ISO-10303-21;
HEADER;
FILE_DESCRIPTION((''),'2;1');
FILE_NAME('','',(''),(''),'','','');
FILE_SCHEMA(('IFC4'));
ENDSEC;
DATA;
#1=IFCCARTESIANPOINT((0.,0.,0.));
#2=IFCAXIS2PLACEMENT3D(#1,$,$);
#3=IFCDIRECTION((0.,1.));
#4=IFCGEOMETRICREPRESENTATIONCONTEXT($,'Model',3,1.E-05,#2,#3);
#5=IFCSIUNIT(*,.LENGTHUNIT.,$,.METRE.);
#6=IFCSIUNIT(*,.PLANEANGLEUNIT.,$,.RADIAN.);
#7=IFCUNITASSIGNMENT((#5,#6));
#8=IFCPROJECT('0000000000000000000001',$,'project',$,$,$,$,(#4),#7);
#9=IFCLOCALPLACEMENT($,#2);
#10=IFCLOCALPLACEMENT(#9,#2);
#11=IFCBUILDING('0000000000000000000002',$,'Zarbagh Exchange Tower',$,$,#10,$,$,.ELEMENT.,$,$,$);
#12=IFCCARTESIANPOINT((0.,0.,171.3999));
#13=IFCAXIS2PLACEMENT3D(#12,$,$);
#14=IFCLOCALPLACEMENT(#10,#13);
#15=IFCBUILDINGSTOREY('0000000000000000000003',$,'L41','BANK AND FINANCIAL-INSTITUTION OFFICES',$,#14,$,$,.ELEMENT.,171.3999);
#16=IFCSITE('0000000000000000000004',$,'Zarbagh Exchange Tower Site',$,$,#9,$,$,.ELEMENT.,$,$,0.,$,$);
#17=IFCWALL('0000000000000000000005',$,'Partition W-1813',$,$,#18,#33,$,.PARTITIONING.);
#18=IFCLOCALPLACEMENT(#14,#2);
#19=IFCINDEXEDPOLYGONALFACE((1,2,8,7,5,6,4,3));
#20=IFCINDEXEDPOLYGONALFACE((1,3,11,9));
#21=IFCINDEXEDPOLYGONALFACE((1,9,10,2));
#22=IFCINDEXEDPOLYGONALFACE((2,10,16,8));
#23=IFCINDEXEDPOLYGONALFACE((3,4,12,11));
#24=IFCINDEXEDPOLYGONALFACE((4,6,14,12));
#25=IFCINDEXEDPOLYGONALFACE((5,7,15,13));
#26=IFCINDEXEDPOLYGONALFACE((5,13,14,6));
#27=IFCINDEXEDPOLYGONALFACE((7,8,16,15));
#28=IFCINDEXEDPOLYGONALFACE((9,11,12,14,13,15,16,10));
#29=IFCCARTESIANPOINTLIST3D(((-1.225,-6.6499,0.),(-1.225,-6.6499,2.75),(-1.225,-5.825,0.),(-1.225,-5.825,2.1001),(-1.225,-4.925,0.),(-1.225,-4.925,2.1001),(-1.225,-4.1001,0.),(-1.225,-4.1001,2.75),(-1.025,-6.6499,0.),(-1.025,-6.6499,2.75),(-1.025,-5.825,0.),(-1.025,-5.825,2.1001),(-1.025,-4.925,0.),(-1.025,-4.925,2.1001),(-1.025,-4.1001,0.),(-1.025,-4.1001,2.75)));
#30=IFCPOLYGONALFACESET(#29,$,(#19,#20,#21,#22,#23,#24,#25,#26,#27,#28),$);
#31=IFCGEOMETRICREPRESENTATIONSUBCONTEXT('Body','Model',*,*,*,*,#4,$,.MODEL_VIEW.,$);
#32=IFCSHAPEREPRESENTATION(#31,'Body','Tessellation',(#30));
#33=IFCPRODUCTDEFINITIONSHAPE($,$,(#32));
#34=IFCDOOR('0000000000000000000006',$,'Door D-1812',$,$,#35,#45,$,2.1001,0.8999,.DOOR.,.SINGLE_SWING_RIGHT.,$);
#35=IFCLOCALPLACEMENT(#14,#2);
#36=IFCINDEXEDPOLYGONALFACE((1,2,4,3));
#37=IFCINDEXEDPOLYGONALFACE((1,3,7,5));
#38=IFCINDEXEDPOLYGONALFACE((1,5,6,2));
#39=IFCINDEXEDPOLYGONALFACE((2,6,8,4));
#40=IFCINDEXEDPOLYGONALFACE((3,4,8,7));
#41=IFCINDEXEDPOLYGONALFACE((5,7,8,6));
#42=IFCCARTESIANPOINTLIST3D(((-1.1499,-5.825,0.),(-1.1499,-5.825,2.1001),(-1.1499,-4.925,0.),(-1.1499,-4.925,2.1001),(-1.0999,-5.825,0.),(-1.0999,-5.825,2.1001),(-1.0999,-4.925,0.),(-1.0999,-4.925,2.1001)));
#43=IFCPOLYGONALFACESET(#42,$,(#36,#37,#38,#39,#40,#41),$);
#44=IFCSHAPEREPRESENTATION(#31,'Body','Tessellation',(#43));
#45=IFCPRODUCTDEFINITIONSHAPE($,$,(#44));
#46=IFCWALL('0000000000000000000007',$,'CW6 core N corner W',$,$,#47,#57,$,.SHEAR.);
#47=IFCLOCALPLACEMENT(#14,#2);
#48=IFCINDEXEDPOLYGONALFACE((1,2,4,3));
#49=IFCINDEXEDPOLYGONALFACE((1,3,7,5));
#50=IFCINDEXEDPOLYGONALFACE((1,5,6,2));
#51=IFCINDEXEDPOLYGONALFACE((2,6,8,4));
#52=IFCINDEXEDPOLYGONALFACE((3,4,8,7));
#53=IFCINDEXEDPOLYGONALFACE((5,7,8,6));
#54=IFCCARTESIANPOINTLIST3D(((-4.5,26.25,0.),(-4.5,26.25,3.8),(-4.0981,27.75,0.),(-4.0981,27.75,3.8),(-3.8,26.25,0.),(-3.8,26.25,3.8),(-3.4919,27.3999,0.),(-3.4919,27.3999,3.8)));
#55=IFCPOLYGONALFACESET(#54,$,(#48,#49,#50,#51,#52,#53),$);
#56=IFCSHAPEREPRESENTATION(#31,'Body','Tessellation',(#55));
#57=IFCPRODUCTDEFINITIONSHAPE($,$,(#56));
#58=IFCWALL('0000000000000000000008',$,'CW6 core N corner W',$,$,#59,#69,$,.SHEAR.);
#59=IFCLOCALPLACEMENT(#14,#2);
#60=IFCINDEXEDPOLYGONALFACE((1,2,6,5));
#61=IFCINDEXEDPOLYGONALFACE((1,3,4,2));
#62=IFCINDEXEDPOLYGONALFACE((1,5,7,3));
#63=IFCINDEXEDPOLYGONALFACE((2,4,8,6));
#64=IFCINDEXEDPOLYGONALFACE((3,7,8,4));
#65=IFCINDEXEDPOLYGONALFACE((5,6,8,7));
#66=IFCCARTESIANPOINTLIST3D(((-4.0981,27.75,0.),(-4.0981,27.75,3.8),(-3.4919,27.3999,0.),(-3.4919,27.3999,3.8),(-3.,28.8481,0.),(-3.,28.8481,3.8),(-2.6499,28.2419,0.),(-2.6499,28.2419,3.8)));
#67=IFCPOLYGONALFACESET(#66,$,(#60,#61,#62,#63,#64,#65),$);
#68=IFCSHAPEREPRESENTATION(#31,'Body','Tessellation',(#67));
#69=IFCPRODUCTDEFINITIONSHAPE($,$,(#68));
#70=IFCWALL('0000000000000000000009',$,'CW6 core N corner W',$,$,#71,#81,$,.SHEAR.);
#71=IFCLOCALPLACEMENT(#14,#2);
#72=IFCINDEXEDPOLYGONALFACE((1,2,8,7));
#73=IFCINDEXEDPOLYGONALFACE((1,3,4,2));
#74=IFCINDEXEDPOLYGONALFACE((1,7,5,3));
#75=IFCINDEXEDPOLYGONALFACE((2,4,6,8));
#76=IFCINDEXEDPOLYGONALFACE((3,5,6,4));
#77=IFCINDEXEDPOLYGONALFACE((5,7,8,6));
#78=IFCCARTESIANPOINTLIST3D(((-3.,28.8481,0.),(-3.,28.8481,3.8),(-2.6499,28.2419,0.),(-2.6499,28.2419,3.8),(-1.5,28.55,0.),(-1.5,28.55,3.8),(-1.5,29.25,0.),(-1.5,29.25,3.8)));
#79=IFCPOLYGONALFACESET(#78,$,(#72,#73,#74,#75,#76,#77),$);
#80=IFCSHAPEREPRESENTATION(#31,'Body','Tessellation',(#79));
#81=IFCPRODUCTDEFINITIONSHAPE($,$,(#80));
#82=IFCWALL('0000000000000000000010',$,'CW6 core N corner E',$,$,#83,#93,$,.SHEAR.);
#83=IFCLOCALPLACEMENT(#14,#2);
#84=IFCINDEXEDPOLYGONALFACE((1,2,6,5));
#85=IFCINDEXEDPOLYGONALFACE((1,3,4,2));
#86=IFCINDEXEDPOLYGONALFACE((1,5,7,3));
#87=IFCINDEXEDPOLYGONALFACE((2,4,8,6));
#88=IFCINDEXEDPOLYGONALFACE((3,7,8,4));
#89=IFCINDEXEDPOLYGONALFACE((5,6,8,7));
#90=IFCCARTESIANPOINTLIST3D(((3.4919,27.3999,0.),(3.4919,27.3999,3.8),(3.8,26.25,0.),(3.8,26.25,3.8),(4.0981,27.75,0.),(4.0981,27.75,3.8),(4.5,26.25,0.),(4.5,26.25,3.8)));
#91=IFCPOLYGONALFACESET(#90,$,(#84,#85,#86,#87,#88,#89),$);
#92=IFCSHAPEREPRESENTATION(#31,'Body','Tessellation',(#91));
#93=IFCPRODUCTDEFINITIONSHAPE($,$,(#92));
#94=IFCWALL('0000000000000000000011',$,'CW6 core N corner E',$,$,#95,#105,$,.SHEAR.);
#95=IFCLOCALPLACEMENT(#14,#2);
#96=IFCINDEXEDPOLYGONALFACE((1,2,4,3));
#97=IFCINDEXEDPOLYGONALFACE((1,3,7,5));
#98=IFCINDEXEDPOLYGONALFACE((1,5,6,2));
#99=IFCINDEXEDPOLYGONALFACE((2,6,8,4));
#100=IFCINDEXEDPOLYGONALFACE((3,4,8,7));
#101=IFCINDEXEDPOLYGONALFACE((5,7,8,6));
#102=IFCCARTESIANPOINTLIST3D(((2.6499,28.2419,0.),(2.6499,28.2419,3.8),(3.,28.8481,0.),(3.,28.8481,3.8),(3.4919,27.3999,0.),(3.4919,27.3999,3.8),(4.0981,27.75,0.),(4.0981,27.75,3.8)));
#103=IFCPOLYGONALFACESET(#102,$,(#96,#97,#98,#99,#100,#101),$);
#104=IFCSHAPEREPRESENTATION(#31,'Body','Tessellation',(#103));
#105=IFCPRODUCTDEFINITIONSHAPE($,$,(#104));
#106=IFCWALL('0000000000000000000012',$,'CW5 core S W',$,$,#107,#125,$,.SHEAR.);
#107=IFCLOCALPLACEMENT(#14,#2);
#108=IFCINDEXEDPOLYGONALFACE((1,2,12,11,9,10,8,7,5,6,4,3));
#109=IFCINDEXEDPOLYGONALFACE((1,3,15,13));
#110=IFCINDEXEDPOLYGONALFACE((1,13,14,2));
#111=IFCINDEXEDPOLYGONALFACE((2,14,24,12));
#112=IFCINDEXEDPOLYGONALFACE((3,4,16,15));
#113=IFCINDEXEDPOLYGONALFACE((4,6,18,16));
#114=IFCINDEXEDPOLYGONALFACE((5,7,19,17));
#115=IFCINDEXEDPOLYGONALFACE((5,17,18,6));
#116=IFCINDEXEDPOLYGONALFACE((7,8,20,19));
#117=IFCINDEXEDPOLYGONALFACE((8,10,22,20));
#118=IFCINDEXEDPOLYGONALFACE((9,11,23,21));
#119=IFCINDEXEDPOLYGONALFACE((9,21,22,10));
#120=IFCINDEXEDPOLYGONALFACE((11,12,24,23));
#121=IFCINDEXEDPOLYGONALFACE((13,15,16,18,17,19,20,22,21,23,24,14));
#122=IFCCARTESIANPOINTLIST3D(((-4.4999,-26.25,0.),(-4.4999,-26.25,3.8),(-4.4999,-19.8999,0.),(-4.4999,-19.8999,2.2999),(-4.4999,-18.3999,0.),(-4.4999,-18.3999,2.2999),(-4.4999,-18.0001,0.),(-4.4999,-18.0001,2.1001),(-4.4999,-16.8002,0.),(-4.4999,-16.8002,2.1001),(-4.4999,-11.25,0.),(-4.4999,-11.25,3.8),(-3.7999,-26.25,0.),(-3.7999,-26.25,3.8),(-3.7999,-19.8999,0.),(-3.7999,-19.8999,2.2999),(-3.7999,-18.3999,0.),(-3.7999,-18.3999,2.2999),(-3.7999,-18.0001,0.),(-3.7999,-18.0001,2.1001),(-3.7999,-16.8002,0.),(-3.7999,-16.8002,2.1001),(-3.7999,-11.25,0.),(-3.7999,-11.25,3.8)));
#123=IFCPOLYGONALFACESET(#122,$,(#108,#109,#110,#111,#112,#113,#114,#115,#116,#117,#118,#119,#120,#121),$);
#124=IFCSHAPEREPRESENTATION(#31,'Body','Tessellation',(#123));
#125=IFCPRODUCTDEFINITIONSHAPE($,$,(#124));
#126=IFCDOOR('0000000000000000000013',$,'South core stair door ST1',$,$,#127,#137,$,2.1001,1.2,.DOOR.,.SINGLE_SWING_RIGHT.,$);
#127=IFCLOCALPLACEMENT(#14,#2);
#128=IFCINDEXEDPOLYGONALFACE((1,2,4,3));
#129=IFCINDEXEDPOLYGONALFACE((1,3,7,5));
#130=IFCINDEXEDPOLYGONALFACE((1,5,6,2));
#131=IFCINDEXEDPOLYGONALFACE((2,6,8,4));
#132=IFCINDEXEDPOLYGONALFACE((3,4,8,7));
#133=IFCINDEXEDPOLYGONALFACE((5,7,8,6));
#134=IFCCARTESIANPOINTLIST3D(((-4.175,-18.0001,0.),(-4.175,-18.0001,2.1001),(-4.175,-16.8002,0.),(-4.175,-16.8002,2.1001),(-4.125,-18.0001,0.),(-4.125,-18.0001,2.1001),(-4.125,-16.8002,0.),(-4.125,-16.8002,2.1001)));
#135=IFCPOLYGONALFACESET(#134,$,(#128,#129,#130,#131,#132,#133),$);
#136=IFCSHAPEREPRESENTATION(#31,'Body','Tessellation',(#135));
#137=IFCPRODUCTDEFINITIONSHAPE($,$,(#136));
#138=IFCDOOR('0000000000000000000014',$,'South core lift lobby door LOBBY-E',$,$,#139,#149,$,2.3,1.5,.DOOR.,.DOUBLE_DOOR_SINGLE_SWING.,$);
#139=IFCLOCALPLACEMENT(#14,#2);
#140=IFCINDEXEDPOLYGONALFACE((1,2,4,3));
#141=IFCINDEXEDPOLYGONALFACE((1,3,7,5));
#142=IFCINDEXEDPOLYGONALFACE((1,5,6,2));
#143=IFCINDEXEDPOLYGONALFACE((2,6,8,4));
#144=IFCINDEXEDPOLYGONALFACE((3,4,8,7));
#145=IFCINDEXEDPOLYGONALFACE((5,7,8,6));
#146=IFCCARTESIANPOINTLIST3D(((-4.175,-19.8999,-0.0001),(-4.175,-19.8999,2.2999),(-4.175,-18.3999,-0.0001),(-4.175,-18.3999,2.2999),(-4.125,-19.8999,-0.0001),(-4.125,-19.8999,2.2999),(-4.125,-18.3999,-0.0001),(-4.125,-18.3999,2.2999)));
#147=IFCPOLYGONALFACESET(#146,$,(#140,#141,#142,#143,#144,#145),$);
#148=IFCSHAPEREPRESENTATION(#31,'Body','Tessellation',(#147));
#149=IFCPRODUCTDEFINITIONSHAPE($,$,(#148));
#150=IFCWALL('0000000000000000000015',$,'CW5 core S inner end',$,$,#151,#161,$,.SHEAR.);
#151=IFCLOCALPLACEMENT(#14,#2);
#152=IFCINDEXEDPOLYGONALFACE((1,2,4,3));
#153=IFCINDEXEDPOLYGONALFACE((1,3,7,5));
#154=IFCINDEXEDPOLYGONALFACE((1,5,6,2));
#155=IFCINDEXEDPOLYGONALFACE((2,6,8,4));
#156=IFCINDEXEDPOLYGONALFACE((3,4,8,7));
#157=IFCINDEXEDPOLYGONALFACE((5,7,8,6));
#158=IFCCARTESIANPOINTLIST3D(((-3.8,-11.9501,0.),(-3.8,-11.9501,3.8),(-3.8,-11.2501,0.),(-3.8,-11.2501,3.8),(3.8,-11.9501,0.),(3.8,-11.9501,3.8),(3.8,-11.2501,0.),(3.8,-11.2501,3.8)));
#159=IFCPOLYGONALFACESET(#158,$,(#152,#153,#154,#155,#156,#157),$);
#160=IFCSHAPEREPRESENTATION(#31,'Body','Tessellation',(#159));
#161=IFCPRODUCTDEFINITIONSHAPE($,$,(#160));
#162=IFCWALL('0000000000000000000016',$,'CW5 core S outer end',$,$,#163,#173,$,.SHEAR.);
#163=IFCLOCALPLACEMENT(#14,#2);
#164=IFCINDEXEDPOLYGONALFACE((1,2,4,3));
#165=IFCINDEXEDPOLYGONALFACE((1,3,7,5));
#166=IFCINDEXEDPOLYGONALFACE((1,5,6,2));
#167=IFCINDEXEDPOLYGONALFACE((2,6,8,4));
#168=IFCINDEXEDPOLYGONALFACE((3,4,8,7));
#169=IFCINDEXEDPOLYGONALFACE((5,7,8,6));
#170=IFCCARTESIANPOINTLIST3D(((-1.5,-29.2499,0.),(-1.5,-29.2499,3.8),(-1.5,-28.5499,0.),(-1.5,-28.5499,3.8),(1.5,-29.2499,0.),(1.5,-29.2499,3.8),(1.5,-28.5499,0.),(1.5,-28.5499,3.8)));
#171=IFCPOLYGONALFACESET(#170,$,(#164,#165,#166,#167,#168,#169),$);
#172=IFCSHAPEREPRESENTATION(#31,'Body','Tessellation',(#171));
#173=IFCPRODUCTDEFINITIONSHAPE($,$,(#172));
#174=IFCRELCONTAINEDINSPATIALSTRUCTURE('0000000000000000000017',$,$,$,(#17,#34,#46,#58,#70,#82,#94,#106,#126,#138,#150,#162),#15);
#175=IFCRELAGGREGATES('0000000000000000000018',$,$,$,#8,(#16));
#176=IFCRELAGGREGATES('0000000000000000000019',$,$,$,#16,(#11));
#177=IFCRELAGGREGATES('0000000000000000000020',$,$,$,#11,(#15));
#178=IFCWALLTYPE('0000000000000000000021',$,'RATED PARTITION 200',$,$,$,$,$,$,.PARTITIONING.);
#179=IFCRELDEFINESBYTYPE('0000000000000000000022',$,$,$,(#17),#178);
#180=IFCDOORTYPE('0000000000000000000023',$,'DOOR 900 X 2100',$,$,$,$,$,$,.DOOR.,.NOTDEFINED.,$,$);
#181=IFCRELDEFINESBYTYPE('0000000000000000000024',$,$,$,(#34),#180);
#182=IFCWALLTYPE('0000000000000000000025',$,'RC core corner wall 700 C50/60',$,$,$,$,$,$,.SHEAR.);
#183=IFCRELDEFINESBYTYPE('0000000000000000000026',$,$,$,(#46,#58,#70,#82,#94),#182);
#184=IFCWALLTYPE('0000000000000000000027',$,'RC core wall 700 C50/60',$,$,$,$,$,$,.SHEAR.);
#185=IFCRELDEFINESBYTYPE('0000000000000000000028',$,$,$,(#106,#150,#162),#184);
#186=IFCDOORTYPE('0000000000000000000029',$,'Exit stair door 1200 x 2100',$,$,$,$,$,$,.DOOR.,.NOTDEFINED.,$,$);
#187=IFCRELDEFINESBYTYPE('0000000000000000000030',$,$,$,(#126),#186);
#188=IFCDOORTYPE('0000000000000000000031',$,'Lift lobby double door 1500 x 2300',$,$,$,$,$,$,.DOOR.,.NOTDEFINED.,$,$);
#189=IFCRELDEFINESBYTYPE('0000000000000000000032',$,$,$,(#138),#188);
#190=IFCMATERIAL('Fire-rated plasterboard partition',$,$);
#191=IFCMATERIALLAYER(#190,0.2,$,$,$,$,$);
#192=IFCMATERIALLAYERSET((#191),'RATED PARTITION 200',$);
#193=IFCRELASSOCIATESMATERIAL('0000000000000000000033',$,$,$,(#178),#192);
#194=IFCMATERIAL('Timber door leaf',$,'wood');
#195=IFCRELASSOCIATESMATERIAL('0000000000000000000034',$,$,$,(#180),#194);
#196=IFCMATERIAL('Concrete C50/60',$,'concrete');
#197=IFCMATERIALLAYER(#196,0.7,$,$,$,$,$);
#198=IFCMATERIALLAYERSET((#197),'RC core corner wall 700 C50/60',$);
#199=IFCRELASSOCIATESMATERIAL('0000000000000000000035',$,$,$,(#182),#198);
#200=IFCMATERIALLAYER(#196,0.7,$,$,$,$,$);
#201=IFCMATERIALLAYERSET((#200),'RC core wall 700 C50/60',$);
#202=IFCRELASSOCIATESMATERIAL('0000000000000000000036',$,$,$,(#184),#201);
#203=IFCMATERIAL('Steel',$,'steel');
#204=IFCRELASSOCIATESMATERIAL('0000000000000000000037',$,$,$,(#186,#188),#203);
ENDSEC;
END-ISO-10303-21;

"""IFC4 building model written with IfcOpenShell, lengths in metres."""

from ifc_helpers import new_model, si_unit, direction, frame, frame_2d, origin, place, context, subcontext, project, spatial, polyline, rectangle, outline, extrude, material, layer, layer_set, type_object, element, fill, save


model = new_model("IFC4")

# Units and contexts
model_context = context("Model", 3, precision=1e-05, world=origin(), true_north=direction((0.0, 1.0)))
body_context = subcontext(model_context, "Body", "Model", "MODEL_VIEW")
ifc_project = project(units=[si_unit("LENGTHUNIT", "METRE"), si_unit("PLANEANGLEUNIT", "RADIAN")], contexts=[model_context])

# Site, building, storey
site_placement = place(None, origin())
site = spatial("IfcSite", under=ifc_project, at=site_placement, Name="Zarbagh Exchange Tower Site", CompositionType="ELEMENT", RefElevation=0.0)
building_placement = place(site_placement, origin())
building = spatial("IfcBuilding", under=site, at=building_placement, Name="Zarbagh Exchange Tower", CompositionType="ELEMENT")
storey_placement = place(building_placement, frame((0.0, 0.0, 171.3999)))
storey = spatial("IfcBuildingStorey", under=building, at=storey_placement, Name="L41", Description="BANK AND FINANCIAL-INSTITUTION OFFICES", CompositionType="ELEMENT", Elevation=171.3999)

# Shared definitions
ifc_material_1 = material(Name="Fire-rated plasterboard partition")
ifc_layer_1 = layer(ifc_material_1, 0.2)
ifc_layer_set_1 = layer_set([ifc_layer_1], Name="RATED PARTITION 200")
wall_type_1 = type_object("IfcWallType", Name="RATED PARTITION 200", PredefinedType="PARTITIONING", material=ifc_layer_set_1)
ifc_material_2 = material(Name="Timber door leaf", Category="wood")
door_type_1 = type_object("IfcDoorType", Name="DOOR 900 X 2100", OperationType="NOTDEFINED", PredefinedType="DOOR", material=ifc_material_2)

# Wall, opening, door
wall_1_placement = place(storey_placement, frame((-1.125, -6.6499, 0.0), z_axis=(0.0, 0.0, 1.0), x_axis=(0.0, 1.0, 0.0)))
wall_1 = element("IfcWall", 1, at=wall_1_placement, inside=storey, type_object=wall_type_1, Name="Partition W-1813", PredefinedType="PARTITIONING", context=body_context, shape_type="SweptSolid", body=[
    extrude(rectangle(XDim=2.5498, YDim=0.2, at=frame_2d((1.2749, 0.0))), origin(), (0.0, 0.0, 1.0), 2.75),
])
opening_1_placement = place(wall_1_placement, frame((0.825, 0.0, 0.0)))
opening_1 = element("IfcOpeningElement", 2, at=opening_1_placement, cuts=wall_1, PredefinedType="OPENING", context=body_context, shape_type="SweptSolid", body=[
    extrude(rectangle(XDim=0.8999, YDim=2.1001, at=frame_2d((0.45, 1.05))), frame((0.0, 0.1099, 0.0), z_axis=(0.0, -1.0, 0.0), x_axis=(1.0, 0.0, 0.0)), (0.0, 0.0, 1.0), 0.22),
])
door_1_placement = place(opening_1_placement, origin())
door_1 = element("IfcDoor", 3, at=door_1_placement, inside=storey, type_object=door_type_1, Name="Door D-1812", OperationType="SINGLE_SWING_RIGHT", OverallHeight=2.1001, OverallWidth=0.8999, PredefinedType="DOOR", context=body_context, shape_type="SweptSolid", body=[
    extrude(rectangle(XDim=0.8999, YDim=2.1001, at=frame_2d((0.45, 1.05))), frame((0.0, 0.0249, 0.0), z_axis=(0.0, -1.0, 0.0), x_axis=(1.0, 0.0, 0.0)), (0.0, 0.0, 1.0), 0.05),
])
fill(opening_1, door_1)

# Walls
ifc_material_3 = material(Name="Concrete C50/60", Category="concrete")
ifc_layer_2 = layer(ifc_material_3, 0.7)
ifc_layer_set_2 = layer_set([ifc_layer_2], Name="RC core corner wall 700 C50/60")
wall_type_2 = type_object("IfcWallType", Name="RC core corner wall 700 C50/60", PredefinedType="SHEAR", material=ifc_layer_set_2)
wall_2_placement = place(storey_placement, origin())
element("IfcWall", 4, at=wall_2_placement, inside=storey, type_object=wall_type_2, Name="CW6 core N corner W", PredefinedType="SHEAR", context=body_context, shape_type="SweptSolid", body=[
    extrude(outline(polyline([(-4.5, 26.25), (-4.0981, 27.75), (-3.4919, 27.3999), (-3.8, 26.25), (-4.5, 26.25)])), origin(), (0.0, 0.0, 1.0), 3.8),
])
wall_3_placement = place(storey_placement, origin())
element("IfcWall", 5, at=wall_3_placement, inside=storey, type_object=wall_type_2, Name="CW6 core N corner W", PredefinedType="SHEAR", context=body_context, shape_type="SweptSolid", body=[
    extrude(outline(polyline([(-4.0981, 27.75), (-3.0, 28.8481), (-2.6499, 28.2419), (-3.4919, 27.3999), (-4.0981, 27.75)])), origin(), (0.0, 0.0, 1.0), 3.8),
])
wall_4_placement = place(storey_placement, origin())
element("IfcWall", 6, at=wall_4_placement, inside=storey, type_object=wall_type_2, Name="CW6 core N corner W", PredefinedType="SHEAR", context=body_context, shape_type="SweptSolid", body=[
    extrude(outline(polyline([(-3.0, 28.8481), (-1.5, 29.25), (-1.5, 28.55), (-2.6499, 28.2419), (-3.0, 28.8481)])), origin(), (0.0, 0.0, 1.0), 3.8),
])
wall_5_placement = place(storey_placement, origin())
element("IfcWall", 7, at=wall_5_placement, inside=storey, type_object=wall_type_2, Name="CW6 core N corner E", PredefinedType="SHEAR", context=body_context, shape_type="SweptSolid", body=[
    extrude(outline(polyline([(4.5, 26.25), (4.0981, 27.75), (3.4919, 27.3999), (3.8, 26.25), (4.5, 26.25)])), origin(), (0.0, 0.0, 1.0), 3.8),
])
wall_6_placement = place(storey_placement, origin())
element("IfcWall", 8, at=wall_6_placement, inside=storey, type_object=wall_type_2, Name="CW6 core N corner E", PredefinedType="SHEAR", context=body_context, shape_type="SweptSolid", body=[
    extrude(outline(polyline([(4.0981, 27.75), (3.0, 28.8481), (2.6499, 28.2419), (3.4919, 27.3999), (4.0981, 27.75)])), origin(), (0.0, 0.0, 1.0), 3.8),
])

# Wall, openings, doors
ifc_layer_3 = layer(ifc_material_3, 0.7)
ifc_layer_set_3 = layer_set([ifc_layer_3], Name="RC core wall 700 C50/60")
wall_type_3 = type_object("IfcWallType", Name="RC core wall 700 C50/60", PredefinedType="SHEAR", material=ifc_layer_set_3)
wall_7_placement = place(storey_placement, frame((-4.1499, -11.25, 0.0), z_axis=(0.0, 0.0, 1.0), x_axis=(0.0, -1.0, 0.0)))
wall_7 = element("IfcWall", 9, at=wall_7_placement, inside=storey, type_object=wall_type_3, Name="CW5 core S W", PredefinedType="SHEAR", context=body_context, shape_type="SweptSolid", body=[
    extrude(rectangle(XDim=15.0, YDim=0.7, at=frame_2d((7.5, 0.0))), origin(), (0.0, 0.0, 1.0), 3.8),
])
opening_2_placement = place(wall_7_placement, frame((7.1499, 0.0, 0.0)))
opening_2 = element("IfcOpeningElement", 10, at=opening_2_placement, cuts=wall_7, PredefinedType="OPENING", context=body_context, shape_type="SweptSolid", body=[
    extrude(rectangle(XDim=1.5, YDim=2.3, at=frame_2d((0.75, 1.1499))), frame((0.0, 0.3599, 0.0), z_axis=(0.0, -1.0, 0.0), x_axis=(1.0, 0.0, 0.0)), (0.0, 0.0, 1.0), 0.72),
])
opening_3_placement = place(wall_7_placement, frame((5.55, 0.0, 0.0)))
opening_3 = element("IfcOpeningElement", 11, at=opening_3_placement, cuts=wall_7, PredefinedType="OPENING", context=body_context, shape_type="SweptSolid", body=[
    extrude(rectangle(XDim=1.2, YDim=2.1001, at=frame_2d((0.6001, 1.05))), frame((0.0, 0.3599, 0.0), z_axis=(0.0, -1.0, 0.0), x_axis=(1.0, 0.0, 0.0)), (0.0, 0.0, 1.0), 0.72),
])
ifc_material_4 = material(Name="Steel", Category="steel")
door_type_2 = type_object("IfcDoorType", Name="Exit stair door 1200 x 2100", OperationType="NOTDEFINED", PredefinedType="DOOR", material=ifc_material_4)
door_2_placement = place(opening_3_placement, origin())
door_2 = element("IfcDoor", 12, at=door_2_placement, inside=storey, type_object=door_type_2, Name="South core stair door ST1", OperationType="SINGLE_SWING_RIGHT", OverallHeight=2.1001, OverallWidth=1.2, PredefinedType="DOOR", context=body_context, shape_type="SweptSolid", body=[
    extrude(rectangle(XDim=1.2, YDim=2.1001, at=frame_2d((0.6001, 1.05))), frame((0.0, 0.0249, 0.0), z_axis=(0.0, -1.0, 0.0), x_axis=(1.0, 0.0, 0.0)), (0.0, 0.0, 1.0), 0.05),
])
fill(opening_3, door_2)
door_type_3 = type_object("IfcDoorType", Name="Lift lobby double door 1500 x 2300", OperationType="NOTDEFINED", PredefinedType="DOOR", material=ifc_material_4)
door_3_placement = place(opening_2_placement, origin())
door_3 = element("IfcDoor", 13, at=door_3_placement, inside=storey, type_object=door_type_3, Name="South core lift lobby door LOBBY-E", OperationType="DOUBLE_DOOR_SINGLE_SWING", OverallHeight=2.3, OverallWidth=1.5, PredefinedType="DOOR", context=body_context, shape_type="SweptSolid", body=[
    extrude(rectangle(XDim=1.5, YDim=2.3, at=frame_2d((0.75, 1.1499))), frame((0.0, 0.0249, 0.0), z_axis=(0.0, -1.0, 0.0), x_axis=(1.0, 0.0, 0.0)), (0.0, 0.0, 1.0), 0.05),
])
fill(opening_2, door_3)

# Walls
wall_8_placement = place(storey_placement, frame((-3.8, -11.6001, 0.0), z_axis=(0.0, 0.0, 1.0), x_axis=(1.0, 0.0, 0.0)))
element("IfcWall", 14, at=wall_8_placement, inside=storey, type_object=wall_type_3, Name="CW5 core S inner end", PredefinedType="SHEAR", context=body_context, shape_type="SweptSolid", body=[
    extrude(rectangle(XDim=7.6001, YDim=0.7, at=frame_2d((3.8, 0.0))), origin(), (0.0, 0.0, 1.0), 3.8),
])
wall_9_placement = place(storey_placement, frame((-1.5, -28.8999, 0.0), z_axis=(0.0, 0.0, 1.0), x_axis=(1.0, 0.0, 0.0)))
element("IfcWall", 15, at=wall_9_placement, inside=storey, type_object=wall_type_3, Name="CW5 core S outer end", PredefinedType="SHEAR", context=body_context, shape_type="SweptSolid", body=[
    extrude(rectangle(XDim=3.0, YDim=0.7, at=frame_2d((1.5, 0.0))), origin(), (0.0, 0.0, 1.0), 3.8),
])

save(model, "model.ifc")
